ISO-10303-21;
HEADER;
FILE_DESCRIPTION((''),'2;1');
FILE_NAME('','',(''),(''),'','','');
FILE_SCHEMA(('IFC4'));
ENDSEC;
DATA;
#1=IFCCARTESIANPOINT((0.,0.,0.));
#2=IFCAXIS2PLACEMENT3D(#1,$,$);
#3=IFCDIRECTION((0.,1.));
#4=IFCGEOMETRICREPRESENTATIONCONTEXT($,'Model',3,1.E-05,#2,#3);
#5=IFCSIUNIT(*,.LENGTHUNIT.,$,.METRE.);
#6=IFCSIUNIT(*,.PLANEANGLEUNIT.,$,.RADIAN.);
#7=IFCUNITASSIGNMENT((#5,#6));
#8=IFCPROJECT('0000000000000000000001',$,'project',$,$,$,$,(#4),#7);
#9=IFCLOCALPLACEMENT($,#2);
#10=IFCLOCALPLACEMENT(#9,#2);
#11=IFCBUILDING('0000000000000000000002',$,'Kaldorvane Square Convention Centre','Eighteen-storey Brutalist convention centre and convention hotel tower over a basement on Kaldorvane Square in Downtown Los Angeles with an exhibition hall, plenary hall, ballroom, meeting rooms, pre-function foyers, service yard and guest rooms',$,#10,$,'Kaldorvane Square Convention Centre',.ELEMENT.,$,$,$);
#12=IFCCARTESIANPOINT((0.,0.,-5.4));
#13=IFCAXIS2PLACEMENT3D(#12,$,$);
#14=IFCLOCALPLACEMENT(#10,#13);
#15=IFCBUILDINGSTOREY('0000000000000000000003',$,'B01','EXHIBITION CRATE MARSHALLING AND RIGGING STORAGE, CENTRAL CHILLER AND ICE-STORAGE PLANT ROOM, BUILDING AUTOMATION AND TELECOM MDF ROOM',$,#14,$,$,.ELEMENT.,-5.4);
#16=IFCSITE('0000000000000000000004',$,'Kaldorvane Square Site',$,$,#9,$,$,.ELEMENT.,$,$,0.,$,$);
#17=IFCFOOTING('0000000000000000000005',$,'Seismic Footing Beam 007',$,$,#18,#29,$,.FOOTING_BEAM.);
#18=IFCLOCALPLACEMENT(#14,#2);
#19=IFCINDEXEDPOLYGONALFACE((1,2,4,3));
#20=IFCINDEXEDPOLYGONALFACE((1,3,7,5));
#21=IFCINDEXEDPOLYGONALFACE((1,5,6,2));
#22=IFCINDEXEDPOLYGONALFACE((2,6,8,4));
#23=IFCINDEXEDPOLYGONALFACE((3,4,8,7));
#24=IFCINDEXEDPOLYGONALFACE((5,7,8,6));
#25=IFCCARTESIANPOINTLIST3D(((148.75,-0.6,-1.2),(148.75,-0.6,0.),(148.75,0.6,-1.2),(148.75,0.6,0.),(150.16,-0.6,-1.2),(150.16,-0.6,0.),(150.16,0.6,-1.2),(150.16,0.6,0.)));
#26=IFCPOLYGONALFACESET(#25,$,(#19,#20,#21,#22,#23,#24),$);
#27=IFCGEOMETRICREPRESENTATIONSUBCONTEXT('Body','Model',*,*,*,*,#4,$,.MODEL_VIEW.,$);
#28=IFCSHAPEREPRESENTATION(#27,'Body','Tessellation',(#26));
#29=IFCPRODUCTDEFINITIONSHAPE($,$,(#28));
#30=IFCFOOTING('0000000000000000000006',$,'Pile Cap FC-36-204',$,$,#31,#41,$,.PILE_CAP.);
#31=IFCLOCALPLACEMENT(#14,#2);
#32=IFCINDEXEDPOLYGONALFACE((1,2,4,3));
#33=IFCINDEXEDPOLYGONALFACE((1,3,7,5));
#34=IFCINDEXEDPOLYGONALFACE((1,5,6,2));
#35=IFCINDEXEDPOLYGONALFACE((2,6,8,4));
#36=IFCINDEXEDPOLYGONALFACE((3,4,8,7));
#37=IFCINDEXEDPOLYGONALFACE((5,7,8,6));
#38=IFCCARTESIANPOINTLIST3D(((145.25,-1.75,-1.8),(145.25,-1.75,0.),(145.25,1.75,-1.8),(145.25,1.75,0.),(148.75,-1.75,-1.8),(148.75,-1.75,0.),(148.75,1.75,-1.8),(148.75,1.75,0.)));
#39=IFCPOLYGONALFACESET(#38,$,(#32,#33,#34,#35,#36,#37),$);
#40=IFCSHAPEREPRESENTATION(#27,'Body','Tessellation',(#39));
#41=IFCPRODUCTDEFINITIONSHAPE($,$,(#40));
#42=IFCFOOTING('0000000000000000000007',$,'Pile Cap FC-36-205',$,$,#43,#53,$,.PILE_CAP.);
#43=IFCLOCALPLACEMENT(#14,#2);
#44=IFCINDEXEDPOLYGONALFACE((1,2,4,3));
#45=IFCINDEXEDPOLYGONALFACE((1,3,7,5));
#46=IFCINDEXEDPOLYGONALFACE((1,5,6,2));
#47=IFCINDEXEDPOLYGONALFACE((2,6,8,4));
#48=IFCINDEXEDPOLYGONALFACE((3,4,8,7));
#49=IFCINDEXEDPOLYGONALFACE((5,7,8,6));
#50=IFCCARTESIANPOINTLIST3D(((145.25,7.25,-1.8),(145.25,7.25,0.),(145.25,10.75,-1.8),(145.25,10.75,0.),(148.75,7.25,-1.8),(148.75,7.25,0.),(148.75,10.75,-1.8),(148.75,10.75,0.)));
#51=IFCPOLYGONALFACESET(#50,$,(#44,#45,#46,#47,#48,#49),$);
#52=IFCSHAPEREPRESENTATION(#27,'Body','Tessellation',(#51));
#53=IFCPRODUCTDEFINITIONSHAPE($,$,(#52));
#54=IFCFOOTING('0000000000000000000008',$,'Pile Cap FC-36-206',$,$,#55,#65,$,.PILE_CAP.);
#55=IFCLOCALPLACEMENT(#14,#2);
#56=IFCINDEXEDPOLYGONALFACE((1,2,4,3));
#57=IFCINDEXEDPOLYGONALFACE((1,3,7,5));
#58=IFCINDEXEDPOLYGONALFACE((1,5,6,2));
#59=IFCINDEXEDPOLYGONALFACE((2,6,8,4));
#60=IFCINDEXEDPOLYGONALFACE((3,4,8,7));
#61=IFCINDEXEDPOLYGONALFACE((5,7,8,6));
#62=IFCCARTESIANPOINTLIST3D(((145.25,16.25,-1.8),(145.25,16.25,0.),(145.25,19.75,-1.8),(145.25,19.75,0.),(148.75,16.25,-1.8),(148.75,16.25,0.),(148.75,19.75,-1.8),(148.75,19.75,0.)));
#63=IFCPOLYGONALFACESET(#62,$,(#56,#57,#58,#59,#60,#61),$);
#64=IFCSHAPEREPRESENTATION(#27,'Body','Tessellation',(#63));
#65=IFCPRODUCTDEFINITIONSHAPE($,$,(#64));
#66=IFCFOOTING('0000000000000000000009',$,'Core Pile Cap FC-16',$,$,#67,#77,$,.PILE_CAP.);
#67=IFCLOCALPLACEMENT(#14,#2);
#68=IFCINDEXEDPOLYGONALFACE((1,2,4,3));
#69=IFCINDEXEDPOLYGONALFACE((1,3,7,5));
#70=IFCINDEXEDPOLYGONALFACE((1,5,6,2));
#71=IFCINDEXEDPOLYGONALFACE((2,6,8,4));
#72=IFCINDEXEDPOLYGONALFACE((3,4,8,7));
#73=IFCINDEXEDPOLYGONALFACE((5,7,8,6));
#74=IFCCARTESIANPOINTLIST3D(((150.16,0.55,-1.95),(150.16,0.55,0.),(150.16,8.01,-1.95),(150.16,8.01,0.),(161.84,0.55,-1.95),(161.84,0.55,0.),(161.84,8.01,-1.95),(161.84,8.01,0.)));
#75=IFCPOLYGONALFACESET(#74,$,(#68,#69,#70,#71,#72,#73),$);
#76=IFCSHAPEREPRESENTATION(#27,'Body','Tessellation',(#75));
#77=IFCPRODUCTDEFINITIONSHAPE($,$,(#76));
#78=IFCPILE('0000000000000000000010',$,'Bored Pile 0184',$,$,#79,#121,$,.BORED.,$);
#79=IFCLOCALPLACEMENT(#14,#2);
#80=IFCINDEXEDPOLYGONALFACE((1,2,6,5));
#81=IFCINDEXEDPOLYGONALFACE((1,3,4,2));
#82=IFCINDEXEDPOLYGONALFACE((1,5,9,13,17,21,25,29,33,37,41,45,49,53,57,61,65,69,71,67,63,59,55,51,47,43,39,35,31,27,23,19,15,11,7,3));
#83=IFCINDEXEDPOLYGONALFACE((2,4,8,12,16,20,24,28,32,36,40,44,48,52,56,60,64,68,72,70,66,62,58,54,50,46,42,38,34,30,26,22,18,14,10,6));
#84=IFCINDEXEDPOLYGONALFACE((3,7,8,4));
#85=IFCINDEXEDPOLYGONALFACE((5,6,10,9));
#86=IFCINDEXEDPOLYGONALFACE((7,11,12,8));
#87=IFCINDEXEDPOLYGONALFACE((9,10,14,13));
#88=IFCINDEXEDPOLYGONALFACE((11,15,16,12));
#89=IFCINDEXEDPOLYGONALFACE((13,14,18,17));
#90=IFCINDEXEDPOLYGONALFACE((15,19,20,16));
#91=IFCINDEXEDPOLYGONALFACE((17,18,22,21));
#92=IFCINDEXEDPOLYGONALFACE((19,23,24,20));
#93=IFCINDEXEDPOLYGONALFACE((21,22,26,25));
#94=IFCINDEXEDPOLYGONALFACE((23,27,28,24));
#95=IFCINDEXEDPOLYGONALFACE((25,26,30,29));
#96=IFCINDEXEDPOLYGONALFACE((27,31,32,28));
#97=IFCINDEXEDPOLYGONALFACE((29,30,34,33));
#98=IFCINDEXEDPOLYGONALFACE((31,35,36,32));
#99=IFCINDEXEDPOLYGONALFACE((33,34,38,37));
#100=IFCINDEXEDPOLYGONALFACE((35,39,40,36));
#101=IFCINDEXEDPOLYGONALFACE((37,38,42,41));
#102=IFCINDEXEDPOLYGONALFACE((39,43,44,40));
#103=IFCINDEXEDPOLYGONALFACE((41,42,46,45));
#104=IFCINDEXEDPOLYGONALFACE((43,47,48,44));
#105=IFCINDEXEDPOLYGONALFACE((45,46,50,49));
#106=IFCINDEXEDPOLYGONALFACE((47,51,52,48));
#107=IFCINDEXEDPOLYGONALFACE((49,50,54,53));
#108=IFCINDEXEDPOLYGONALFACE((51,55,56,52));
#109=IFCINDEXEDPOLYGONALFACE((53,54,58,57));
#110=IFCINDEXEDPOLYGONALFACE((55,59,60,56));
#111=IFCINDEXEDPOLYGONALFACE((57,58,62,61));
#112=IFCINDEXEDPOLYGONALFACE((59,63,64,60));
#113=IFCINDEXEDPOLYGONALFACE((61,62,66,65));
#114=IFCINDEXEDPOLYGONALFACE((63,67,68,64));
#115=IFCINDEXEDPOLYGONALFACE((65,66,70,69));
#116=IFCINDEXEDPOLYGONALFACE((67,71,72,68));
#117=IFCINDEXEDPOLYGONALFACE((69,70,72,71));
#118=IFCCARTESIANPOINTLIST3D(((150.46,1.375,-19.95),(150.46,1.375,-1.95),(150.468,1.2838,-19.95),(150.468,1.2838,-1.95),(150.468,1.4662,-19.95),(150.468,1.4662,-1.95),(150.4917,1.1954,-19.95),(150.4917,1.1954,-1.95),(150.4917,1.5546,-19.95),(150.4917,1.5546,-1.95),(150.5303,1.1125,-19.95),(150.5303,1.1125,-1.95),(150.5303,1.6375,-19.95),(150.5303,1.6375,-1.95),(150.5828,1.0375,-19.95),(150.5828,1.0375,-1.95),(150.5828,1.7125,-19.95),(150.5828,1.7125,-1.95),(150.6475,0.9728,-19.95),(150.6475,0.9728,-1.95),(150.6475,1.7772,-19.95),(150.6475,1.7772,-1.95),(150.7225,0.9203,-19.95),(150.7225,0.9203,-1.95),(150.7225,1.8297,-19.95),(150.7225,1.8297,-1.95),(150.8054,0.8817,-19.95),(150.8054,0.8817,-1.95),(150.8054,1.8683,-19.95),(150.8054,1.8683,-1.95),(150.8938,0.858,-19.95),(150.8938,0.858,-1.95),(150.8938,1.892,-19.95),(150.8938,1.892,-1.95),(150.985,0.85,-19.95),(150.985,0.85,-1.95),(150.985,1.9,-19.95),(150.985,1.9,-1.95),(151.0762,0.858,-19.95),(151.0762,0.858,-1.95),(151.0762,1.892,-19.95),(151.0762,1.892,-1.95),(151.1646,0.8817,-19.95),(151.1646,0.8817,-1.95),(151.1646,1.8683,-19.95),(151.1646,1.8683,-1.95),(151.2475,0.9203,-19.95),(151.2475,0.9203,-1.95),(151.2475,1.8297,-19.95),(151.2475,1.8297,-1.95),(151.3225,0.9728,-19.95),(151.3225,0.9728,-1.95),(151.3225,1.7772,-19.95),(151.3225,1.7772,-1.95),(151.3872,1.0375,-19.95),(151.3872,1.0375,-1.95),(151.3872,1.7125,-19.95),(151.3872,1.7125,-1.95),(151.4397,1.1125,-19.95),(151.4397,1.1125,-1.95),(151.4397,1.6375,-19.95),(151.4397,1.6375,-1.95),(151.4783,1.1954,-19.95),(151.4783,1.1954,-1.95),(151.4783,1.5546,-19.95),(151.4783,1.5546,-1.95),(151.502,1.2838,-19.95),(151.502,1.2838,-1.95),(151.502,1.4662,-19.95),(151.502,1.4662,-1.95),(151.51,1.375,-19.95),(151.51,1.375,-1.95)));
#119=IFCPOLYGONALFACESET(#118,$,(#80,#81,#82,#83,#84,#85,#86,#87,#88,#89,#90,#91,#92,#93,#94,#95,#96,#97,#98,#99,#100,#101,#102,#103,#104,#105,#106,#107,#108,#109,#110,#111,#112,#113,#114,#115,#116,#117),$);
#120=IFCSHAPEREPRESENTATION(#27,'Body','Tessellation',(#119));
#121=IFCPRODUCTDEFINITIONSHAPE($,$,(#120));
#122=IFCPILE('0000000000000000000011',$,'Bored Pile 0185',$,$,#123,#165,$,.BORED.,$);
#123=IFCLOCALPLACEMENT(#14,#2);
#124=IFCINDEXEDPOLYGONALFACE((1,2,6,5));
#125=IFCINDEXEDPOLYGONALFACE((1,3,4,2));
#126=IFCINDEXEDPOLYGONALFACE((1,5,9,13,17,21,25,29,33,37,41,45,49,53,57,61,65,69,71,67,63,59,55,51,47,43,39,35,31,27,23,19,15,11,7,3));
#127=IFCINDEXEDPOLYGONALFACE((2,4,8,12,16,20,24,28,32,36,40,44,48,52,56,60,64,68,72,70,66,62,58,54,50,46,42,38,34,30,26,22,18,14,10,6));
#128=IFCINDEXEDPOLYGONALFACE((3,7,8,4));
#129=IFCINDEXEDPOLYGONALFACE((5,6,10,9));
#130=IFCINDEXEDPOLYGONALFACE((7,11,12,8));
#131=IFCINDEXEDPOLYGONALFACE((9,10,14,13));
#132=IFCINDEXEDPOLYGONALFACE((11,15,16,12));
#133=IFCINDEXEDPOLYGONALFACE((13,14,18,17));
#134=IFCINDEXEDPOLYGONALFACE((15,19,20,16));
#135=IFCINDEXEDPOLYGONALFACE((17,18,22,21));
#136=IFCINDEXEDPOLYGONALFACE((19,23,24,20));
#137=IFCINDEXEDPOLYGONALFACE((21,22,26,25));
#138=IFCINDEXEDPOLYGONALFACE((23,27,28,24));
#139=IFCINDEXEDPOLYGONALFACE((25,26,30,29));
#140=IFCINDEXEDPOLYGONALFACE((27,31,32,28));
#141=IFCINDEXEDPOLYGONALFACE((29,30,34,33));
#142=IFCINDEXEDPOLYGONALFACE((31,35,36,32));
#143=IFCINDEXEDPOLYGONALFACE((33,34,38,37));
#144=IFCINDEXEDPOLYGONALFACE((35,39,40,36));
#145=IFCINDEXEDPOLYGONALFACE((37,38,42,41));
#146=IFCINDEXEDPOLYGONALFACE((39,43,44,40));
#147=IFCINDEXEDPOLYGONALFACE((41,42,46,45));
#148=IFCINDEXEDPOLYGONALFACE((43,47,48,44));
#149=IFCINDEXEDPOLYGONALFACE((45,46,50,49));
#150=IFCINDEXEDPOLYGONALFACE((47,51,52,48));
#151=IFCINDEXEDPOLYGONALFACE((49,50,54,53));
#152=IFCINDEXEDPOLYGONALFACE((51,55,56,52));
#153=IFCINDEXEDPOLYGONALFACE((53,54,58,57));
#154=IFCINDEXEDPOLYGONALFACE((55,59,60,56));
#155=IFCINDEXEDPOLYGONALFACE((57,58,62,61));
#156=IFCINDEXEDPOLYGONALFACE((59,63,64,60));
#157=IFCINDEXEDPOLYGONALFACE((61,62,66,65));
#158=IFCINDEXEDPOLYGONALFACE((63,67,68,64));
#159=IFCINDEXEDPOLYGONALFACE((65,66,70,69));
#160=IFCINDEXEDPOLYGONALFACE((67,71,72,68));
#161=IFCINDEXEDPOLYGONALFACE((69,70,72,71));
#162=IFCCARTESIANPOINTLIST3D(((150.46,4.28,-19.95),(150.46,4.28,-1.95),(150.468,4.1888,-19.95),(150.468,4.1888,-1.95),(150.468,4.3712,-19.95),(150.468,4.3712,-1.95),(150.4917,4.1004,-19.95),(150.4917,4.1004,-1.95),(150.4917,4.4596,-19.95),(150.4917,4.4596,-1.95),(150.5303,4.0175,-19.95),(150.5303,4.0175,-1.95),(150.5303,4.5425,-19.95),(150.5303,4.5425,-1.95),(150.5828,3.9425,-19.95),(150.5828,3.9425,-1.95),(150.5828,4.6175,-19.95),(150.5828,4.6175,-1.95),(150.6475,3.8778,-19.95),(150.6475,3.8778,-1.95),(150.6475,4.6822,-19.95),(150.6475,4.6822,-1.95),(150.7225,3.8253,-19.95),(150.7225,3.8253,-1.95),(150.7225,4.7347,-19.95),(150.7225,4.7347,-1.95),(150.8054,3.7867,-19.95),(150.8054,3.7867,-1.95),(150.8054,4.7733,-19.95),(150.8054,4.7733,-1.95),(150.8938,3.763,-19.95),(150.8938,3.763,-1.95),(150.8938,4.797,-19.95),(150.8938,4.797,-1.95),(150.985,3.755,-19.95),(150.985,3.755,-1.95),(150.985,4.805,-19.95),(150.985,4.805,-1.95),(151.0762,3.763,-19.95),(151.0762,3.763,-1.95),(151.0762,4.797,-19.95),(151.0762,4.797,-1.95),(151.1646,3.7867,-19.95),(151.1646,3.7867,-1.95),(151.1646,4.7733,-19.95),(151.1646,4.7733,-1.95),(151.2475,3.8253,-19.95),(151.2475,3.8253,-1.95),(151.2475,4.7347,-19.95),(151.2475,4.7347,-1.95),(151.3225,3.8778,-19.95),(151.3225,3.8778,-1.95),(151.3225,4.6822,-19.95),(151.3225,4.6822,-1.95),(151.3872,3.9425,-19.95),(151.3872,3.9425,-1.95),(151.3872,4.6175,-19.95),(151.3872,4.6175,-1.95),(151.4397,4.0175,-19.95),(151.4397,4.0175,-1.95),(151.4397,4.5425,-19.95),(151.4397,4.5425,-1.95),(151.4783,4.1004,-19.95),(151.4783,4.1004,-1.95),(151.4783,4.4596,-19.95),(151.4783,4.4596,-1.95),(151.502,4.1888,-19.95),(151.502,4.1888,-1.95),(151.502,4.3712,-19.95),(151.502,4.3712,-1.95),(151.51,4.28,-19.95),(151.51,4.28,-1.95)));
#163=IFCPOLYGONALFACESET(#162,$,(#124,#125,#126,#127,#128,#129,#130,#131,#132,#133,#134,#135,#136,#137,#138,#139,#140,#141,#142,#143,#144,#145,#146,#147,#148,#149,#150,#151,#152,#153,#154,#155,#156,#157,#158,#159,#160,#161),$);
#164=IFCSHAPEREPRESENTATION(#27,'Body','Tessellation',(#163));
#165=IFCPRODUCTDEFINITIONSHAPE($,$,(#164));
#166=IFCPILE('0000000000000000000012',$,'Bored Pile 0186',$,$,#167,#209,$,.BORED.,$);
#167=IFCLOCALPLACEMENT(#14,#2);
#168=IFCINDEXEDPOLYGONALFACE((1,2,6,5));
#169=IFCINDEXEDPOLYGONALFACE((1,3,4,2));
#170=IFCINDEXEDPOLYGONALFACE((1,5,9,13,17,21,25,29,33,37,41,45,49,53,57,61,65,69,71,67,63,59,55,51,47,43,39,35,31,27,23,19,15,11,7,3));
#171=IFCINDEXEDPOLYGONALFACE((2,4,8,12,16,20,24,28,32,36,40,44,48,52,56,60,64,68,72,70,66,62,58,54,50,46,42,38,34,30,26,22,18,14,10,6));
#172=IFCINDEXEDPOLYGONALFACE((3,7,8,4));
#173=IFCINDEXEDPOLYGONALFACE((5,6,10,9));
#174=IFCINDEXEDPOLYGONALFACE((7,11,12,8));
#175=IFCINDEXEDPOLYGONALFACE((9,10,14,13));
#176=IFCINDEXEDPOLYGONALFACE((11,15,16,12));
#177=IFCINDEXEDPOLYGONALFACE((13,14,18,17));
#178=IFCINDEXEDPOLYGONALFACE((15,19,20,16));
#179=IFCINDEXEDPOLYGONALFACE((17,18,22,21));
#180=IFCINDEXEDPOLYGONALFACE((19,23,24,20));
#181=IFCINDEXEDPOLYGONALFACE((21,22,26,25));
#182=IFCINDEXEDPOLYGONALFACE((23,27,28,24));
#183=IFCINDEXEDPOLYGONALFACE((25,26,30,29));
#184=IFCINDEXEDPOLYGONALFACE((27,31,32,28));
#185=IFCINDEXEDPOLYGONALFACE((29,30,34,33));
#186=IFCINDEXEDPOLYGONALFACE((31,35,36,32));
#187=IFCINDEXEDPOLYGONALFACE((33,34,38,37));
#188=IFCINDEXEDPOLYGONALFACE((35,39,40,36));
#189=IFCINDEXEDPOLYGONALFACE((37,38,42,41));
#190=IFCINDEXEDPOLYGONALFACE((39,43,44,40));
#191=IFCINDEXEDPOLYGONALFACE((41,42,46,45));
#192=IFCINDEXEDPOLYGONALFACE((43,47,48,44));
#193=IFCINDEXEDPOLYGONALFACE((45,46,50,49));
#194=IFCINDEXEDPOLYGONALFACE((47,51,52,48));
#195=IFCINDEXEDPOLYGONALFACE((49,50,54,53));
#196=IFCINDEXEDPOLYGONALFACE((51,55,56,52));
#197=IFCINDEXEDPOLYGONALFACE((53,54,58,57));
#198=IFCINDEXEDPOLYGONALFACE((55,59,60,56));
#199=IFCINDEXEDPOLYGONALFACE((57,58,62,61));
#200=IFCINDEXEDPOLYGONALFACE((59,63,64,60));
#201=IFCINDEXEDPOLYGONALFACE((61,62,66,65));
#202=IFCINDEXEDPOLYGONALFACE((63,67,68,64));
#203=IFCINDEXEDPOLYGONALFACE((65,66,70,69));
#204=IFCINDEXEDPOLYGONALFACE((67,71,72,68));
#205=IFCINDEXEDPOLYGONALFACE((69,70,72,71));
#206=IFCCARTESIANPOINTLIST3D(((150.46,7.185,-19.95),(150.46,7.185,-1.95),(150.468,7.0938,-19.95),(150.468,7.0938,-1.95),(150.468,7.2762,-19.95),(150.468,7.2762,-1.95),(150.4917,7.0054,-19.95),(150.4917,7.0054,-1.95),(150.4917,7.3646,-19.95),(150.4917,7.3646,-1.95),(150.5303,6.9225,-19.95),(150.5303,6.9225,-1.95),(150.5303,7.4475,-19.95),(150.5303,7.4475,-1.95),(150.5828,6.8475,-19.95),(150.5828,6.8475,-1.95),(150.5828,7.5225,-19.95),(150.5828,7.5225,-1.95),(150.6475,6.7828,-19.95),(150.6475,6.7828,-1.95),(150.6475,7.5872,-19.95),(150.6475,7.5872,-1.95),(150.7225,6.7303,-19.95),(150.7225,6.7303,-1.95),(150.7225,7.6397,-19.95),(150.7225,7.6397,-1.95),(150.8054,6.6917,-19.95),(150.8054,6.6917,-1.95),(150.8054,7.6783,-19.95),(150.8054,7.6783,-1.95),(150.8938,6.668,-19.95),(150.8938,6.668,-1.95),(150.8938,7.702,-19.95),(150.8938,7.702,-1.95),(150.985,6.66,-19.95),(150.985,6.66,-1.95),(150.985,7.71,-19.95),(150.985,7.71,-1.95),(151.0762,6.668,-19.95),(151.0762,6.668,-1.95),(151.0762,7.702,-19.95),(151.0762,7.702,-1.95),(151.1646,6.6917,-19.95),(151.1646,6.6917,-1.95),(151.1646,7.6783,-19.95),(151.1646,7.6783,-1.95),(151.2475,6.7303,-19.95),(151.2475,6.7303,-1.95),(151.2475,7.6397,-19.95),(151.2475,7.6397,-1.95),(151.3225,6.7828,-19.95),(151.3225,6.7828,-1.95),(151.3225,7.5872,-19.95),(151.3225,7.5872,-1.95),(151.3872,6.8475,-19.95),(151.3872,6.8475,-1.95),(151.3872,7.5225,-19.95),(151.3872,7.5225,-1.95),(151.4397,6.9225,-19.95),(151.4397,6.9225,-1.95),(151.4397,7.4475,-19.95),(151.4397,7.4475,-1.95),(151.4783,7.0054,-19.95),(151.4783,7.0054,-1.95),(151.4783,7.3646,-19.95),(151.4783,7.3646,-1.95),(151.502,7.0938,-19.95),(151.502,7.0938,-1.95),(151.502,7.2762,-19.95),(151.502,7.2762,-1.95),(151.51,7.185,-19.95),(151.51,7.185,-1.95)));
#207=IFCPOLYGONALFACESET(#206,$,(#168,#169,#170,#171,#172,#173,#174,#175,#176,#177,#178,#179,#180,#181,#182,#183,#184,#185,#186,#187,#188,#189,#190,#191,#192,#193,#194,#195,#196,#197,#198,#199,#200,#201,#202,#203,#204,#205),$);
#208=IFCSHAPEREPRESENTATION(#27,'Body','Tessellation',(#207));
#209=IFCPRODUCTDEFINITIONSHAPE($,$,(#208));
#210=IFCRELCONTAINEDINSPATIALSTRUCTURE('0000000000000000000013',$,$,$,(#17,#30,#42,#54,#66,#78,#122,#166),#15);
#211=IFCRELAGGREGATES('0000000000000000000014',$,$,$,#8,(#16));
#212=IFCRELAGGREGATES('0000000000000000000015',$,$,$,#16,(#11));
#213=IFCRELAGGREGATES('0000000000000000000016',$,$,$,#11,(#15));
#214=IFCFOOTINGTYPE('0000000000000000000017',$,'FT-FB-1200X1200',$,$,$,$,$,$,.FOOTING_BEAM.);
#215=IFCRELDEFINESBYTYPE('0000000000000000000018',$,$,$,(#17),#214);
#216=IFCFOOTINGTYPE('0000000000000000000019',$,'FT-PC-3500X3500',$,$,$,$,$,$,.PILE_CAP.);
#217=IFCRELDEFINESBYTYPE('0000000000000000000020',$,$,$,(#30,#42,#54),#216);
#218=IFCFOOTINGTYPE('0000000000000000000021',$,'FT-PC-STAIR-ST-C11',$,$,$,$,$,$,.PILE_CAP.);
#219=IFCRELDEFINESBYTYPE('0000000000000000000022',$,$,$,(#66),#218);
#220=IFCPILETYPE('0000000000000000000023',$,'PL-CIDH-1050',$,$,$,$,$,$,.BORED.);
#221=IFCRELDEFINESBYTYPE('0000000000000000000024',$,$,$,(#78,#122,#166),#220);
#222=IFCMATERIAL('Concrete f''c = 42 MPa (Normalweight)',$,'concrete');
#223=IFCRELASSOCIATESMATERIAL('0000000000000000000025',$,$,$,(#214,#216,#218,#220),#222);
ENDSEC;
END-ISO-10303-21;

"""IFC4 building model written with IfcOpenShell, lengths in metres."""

from ifc_helpers import new_model, si_unit, direction, frame, origin, origin_2d, place, context, subcontext, project, spatial, rectangle, circle, extrude, material, material_profile, profile_set, type_object, element, save


model = new_model("IFC4")

# Units and contexts
model_context = context("Model", 3, precision=1e-05, world=origin(), true_north=direction((0.0, 1.0)))
body_context = subcontext(model_context, "Body", "Model", "MODEL_VIEW")
ifc_project = project(units=[si_unit("LENGTHUNIT", "METRE"), si_unit("PLANEANGLEUNIT", "RADIAN")], contexts=[model_context])

# Site, building, storey
site_placement = place(None, origin())
site = spatial("IfcSite", under=ifc_project, at=site_placement, Name="Kaldorvane Square Site", CompositionType="ELEMENT", RefElevation=0.0)
building_placement = place(site_placement, origin())
building = spatial("IfcBuilding", under=site, at=building_placement, Name="Kaldorvane Square Convention Centre", Description="Eighteen-storey Brutalist convention centre and convention hotel tower over a basement on Kaldorvane Square in Downtown Los Angeles with an exhibition hall, plenary hall, ballroom, meeting rooms, pre-function foyers, service yard and guest rooms", LongName="Kaldorvane Square Convention Centre", CompositionType="ELEMENT")
storey_placement = place(building_placement, frame((0.0, 0.0, -5.4)))
storey = spatial("IfcBuildingStorey", under=building, at=storey_placement, Name="B01", Description="EXHIBITION CRATE MARSHALLING AND RIGGING STORAGE, CENTRAL CHILLER AND ICE-STORAGE PLANT ROOM, BUILDING AUTOMATION AND TELECOM MDF ROOM", CompositionType="ELEMENT", Elevation=-5.4)

# Footings
ifc_material_1 = material(Name="Concrete f'c = 42 MPa (Normalweight)", Category="concrete")
footing_type_1 = type_object("IfcFootingType", Name="FT-FB-1200X1200", PredefinedType="FOOTING_BEAM", material=ifc_material_1)
footing_1_placement = place(storey_placement, frame((149.455, 0.0, -1.2), z_axis=(0.0, 0.0, 1.0), x_axis=(1.0, 0.0, 0.0)))
element("IfcFooting", 1, at=footing_1_placement, inside=storey, type_object=footing_type_1, Name="Seismic Footing Beam 007", PredefinedType="FOOTING_BEAM", context=body_context, shape_type="SweptSolid", body=[
    extrude(rectangle(XDim=1.41, YDim=1.2, at=origin_2d()), origin(), (0.0, 0.0, 1.0), 1.2),
])
footing_type_2 = type_object("IfcFootingType", Name="FT-PC-3500X3500", PredefinedType="PILE_CAP", material=ifc_material_1)
for number, where, z_axis, x_axis, name in (
    (2, (147.0, 0.0, -1.8), (0.0, 0.0, 1.0), (1.0, 0.0, 0.0), "Pile Cap FC-36-204"),
    (3, (147.0, 9.0, -1.8), (0.0, 0.0, 1.0), (1.0, 0.0, 0.0), "Pile Cap FC-36-205"),
    (4, (147.0, 18.0, -1.8), (0.0, 0.0, 1.0), (1.0, 0.0, 0.0), "Pile Cap FC-36-206"),
):
    element("IfcFooting", number, at=place(storey_placement, frame(where, z_axis=z_axis, x_axis=x_axis)), inside=storey, type_object=footing_type_2, Name=name, PredefinedType="PILE_CAP", context=body_context, shape_type="SweptSolid", body=[
        extrude(rectangle(XDim=3.5, YDim=3.5, at=origin_2d()), origin(), (0.0, 0.0, 1.0), 1.8),
    ])
footing_type_3 = type_object("IfcFootingType", Name="FT-PC-STAIR-ST-C11", PredefinedType="PILE_CAP", material=ifc_material_1)
footing_2_placement = place(storey_placement, frame((156.0, 4.28, -1.95), z_axis=(0.0, 0.0, 1.0), x_axis=(1.0, 0.0, 0.0)))
element("IfcFooting", 5, at=footing_2_placement, inside=storey, type_object=footing_type_3, Name="Core Pile Cap FC-16", PredefinedType="PILE_CAP", context=body_context, shape_type="SweptSolid", body=[
    extrude(rectangle(XDim=11.68, YDim=7.46, at=origin_2d()), origin(), (0.0, 0.0, 1.0), 1.95),
])

# Piles
ifc_material_profile_1 = material_profile(ifc_material_1, circle(Radius=0.525, at=origin_2d()), Name="PILE-D1050")
ifc_profile_set_1 = profile_set([ifc_material_profile_1], Name="Concrete f'c = 42 MPa (Normalweight)")
pile_type_1 = type_object("IfcPileType", Name="PL-CIDH-1050", PredefinedType="BORED", material=ifc_profile_set_1)
for number, where, z_axis, x_axis, name in (
    (6, (150.985, 1.375, -1.95), (0.0, 0.0, -1.0), (1.0, 0.0, 0.0), "Bored Pile 0184"),
    (7, (150.985, 4.28, -1.95), (0.0, 0.0, -1.0), (1.0, 0.0, 0.0), "Bored Pile 0185"),
    (8, (150.985, 7.185, -1.95), (0.0, 0.0, -1.0), (1.0, 0.0, 0.0), "Bored Pile 0186"),
):
    element("IfcPile", number, at=place(storey_placement, frame(where, z_axis=z_axis, x_axis=x_axis)), inside=storey, type_object=pile_type_1, Name=name, PredefinedType="BORED", context=body_context, shape_type="SweptSolid", body=[
        extrude(circle(Radius=0.525, at=origin_2d()), origin(), (0.0, 0.0, 1.0), 18.0),
    ])

save(model, "model.ifc")
